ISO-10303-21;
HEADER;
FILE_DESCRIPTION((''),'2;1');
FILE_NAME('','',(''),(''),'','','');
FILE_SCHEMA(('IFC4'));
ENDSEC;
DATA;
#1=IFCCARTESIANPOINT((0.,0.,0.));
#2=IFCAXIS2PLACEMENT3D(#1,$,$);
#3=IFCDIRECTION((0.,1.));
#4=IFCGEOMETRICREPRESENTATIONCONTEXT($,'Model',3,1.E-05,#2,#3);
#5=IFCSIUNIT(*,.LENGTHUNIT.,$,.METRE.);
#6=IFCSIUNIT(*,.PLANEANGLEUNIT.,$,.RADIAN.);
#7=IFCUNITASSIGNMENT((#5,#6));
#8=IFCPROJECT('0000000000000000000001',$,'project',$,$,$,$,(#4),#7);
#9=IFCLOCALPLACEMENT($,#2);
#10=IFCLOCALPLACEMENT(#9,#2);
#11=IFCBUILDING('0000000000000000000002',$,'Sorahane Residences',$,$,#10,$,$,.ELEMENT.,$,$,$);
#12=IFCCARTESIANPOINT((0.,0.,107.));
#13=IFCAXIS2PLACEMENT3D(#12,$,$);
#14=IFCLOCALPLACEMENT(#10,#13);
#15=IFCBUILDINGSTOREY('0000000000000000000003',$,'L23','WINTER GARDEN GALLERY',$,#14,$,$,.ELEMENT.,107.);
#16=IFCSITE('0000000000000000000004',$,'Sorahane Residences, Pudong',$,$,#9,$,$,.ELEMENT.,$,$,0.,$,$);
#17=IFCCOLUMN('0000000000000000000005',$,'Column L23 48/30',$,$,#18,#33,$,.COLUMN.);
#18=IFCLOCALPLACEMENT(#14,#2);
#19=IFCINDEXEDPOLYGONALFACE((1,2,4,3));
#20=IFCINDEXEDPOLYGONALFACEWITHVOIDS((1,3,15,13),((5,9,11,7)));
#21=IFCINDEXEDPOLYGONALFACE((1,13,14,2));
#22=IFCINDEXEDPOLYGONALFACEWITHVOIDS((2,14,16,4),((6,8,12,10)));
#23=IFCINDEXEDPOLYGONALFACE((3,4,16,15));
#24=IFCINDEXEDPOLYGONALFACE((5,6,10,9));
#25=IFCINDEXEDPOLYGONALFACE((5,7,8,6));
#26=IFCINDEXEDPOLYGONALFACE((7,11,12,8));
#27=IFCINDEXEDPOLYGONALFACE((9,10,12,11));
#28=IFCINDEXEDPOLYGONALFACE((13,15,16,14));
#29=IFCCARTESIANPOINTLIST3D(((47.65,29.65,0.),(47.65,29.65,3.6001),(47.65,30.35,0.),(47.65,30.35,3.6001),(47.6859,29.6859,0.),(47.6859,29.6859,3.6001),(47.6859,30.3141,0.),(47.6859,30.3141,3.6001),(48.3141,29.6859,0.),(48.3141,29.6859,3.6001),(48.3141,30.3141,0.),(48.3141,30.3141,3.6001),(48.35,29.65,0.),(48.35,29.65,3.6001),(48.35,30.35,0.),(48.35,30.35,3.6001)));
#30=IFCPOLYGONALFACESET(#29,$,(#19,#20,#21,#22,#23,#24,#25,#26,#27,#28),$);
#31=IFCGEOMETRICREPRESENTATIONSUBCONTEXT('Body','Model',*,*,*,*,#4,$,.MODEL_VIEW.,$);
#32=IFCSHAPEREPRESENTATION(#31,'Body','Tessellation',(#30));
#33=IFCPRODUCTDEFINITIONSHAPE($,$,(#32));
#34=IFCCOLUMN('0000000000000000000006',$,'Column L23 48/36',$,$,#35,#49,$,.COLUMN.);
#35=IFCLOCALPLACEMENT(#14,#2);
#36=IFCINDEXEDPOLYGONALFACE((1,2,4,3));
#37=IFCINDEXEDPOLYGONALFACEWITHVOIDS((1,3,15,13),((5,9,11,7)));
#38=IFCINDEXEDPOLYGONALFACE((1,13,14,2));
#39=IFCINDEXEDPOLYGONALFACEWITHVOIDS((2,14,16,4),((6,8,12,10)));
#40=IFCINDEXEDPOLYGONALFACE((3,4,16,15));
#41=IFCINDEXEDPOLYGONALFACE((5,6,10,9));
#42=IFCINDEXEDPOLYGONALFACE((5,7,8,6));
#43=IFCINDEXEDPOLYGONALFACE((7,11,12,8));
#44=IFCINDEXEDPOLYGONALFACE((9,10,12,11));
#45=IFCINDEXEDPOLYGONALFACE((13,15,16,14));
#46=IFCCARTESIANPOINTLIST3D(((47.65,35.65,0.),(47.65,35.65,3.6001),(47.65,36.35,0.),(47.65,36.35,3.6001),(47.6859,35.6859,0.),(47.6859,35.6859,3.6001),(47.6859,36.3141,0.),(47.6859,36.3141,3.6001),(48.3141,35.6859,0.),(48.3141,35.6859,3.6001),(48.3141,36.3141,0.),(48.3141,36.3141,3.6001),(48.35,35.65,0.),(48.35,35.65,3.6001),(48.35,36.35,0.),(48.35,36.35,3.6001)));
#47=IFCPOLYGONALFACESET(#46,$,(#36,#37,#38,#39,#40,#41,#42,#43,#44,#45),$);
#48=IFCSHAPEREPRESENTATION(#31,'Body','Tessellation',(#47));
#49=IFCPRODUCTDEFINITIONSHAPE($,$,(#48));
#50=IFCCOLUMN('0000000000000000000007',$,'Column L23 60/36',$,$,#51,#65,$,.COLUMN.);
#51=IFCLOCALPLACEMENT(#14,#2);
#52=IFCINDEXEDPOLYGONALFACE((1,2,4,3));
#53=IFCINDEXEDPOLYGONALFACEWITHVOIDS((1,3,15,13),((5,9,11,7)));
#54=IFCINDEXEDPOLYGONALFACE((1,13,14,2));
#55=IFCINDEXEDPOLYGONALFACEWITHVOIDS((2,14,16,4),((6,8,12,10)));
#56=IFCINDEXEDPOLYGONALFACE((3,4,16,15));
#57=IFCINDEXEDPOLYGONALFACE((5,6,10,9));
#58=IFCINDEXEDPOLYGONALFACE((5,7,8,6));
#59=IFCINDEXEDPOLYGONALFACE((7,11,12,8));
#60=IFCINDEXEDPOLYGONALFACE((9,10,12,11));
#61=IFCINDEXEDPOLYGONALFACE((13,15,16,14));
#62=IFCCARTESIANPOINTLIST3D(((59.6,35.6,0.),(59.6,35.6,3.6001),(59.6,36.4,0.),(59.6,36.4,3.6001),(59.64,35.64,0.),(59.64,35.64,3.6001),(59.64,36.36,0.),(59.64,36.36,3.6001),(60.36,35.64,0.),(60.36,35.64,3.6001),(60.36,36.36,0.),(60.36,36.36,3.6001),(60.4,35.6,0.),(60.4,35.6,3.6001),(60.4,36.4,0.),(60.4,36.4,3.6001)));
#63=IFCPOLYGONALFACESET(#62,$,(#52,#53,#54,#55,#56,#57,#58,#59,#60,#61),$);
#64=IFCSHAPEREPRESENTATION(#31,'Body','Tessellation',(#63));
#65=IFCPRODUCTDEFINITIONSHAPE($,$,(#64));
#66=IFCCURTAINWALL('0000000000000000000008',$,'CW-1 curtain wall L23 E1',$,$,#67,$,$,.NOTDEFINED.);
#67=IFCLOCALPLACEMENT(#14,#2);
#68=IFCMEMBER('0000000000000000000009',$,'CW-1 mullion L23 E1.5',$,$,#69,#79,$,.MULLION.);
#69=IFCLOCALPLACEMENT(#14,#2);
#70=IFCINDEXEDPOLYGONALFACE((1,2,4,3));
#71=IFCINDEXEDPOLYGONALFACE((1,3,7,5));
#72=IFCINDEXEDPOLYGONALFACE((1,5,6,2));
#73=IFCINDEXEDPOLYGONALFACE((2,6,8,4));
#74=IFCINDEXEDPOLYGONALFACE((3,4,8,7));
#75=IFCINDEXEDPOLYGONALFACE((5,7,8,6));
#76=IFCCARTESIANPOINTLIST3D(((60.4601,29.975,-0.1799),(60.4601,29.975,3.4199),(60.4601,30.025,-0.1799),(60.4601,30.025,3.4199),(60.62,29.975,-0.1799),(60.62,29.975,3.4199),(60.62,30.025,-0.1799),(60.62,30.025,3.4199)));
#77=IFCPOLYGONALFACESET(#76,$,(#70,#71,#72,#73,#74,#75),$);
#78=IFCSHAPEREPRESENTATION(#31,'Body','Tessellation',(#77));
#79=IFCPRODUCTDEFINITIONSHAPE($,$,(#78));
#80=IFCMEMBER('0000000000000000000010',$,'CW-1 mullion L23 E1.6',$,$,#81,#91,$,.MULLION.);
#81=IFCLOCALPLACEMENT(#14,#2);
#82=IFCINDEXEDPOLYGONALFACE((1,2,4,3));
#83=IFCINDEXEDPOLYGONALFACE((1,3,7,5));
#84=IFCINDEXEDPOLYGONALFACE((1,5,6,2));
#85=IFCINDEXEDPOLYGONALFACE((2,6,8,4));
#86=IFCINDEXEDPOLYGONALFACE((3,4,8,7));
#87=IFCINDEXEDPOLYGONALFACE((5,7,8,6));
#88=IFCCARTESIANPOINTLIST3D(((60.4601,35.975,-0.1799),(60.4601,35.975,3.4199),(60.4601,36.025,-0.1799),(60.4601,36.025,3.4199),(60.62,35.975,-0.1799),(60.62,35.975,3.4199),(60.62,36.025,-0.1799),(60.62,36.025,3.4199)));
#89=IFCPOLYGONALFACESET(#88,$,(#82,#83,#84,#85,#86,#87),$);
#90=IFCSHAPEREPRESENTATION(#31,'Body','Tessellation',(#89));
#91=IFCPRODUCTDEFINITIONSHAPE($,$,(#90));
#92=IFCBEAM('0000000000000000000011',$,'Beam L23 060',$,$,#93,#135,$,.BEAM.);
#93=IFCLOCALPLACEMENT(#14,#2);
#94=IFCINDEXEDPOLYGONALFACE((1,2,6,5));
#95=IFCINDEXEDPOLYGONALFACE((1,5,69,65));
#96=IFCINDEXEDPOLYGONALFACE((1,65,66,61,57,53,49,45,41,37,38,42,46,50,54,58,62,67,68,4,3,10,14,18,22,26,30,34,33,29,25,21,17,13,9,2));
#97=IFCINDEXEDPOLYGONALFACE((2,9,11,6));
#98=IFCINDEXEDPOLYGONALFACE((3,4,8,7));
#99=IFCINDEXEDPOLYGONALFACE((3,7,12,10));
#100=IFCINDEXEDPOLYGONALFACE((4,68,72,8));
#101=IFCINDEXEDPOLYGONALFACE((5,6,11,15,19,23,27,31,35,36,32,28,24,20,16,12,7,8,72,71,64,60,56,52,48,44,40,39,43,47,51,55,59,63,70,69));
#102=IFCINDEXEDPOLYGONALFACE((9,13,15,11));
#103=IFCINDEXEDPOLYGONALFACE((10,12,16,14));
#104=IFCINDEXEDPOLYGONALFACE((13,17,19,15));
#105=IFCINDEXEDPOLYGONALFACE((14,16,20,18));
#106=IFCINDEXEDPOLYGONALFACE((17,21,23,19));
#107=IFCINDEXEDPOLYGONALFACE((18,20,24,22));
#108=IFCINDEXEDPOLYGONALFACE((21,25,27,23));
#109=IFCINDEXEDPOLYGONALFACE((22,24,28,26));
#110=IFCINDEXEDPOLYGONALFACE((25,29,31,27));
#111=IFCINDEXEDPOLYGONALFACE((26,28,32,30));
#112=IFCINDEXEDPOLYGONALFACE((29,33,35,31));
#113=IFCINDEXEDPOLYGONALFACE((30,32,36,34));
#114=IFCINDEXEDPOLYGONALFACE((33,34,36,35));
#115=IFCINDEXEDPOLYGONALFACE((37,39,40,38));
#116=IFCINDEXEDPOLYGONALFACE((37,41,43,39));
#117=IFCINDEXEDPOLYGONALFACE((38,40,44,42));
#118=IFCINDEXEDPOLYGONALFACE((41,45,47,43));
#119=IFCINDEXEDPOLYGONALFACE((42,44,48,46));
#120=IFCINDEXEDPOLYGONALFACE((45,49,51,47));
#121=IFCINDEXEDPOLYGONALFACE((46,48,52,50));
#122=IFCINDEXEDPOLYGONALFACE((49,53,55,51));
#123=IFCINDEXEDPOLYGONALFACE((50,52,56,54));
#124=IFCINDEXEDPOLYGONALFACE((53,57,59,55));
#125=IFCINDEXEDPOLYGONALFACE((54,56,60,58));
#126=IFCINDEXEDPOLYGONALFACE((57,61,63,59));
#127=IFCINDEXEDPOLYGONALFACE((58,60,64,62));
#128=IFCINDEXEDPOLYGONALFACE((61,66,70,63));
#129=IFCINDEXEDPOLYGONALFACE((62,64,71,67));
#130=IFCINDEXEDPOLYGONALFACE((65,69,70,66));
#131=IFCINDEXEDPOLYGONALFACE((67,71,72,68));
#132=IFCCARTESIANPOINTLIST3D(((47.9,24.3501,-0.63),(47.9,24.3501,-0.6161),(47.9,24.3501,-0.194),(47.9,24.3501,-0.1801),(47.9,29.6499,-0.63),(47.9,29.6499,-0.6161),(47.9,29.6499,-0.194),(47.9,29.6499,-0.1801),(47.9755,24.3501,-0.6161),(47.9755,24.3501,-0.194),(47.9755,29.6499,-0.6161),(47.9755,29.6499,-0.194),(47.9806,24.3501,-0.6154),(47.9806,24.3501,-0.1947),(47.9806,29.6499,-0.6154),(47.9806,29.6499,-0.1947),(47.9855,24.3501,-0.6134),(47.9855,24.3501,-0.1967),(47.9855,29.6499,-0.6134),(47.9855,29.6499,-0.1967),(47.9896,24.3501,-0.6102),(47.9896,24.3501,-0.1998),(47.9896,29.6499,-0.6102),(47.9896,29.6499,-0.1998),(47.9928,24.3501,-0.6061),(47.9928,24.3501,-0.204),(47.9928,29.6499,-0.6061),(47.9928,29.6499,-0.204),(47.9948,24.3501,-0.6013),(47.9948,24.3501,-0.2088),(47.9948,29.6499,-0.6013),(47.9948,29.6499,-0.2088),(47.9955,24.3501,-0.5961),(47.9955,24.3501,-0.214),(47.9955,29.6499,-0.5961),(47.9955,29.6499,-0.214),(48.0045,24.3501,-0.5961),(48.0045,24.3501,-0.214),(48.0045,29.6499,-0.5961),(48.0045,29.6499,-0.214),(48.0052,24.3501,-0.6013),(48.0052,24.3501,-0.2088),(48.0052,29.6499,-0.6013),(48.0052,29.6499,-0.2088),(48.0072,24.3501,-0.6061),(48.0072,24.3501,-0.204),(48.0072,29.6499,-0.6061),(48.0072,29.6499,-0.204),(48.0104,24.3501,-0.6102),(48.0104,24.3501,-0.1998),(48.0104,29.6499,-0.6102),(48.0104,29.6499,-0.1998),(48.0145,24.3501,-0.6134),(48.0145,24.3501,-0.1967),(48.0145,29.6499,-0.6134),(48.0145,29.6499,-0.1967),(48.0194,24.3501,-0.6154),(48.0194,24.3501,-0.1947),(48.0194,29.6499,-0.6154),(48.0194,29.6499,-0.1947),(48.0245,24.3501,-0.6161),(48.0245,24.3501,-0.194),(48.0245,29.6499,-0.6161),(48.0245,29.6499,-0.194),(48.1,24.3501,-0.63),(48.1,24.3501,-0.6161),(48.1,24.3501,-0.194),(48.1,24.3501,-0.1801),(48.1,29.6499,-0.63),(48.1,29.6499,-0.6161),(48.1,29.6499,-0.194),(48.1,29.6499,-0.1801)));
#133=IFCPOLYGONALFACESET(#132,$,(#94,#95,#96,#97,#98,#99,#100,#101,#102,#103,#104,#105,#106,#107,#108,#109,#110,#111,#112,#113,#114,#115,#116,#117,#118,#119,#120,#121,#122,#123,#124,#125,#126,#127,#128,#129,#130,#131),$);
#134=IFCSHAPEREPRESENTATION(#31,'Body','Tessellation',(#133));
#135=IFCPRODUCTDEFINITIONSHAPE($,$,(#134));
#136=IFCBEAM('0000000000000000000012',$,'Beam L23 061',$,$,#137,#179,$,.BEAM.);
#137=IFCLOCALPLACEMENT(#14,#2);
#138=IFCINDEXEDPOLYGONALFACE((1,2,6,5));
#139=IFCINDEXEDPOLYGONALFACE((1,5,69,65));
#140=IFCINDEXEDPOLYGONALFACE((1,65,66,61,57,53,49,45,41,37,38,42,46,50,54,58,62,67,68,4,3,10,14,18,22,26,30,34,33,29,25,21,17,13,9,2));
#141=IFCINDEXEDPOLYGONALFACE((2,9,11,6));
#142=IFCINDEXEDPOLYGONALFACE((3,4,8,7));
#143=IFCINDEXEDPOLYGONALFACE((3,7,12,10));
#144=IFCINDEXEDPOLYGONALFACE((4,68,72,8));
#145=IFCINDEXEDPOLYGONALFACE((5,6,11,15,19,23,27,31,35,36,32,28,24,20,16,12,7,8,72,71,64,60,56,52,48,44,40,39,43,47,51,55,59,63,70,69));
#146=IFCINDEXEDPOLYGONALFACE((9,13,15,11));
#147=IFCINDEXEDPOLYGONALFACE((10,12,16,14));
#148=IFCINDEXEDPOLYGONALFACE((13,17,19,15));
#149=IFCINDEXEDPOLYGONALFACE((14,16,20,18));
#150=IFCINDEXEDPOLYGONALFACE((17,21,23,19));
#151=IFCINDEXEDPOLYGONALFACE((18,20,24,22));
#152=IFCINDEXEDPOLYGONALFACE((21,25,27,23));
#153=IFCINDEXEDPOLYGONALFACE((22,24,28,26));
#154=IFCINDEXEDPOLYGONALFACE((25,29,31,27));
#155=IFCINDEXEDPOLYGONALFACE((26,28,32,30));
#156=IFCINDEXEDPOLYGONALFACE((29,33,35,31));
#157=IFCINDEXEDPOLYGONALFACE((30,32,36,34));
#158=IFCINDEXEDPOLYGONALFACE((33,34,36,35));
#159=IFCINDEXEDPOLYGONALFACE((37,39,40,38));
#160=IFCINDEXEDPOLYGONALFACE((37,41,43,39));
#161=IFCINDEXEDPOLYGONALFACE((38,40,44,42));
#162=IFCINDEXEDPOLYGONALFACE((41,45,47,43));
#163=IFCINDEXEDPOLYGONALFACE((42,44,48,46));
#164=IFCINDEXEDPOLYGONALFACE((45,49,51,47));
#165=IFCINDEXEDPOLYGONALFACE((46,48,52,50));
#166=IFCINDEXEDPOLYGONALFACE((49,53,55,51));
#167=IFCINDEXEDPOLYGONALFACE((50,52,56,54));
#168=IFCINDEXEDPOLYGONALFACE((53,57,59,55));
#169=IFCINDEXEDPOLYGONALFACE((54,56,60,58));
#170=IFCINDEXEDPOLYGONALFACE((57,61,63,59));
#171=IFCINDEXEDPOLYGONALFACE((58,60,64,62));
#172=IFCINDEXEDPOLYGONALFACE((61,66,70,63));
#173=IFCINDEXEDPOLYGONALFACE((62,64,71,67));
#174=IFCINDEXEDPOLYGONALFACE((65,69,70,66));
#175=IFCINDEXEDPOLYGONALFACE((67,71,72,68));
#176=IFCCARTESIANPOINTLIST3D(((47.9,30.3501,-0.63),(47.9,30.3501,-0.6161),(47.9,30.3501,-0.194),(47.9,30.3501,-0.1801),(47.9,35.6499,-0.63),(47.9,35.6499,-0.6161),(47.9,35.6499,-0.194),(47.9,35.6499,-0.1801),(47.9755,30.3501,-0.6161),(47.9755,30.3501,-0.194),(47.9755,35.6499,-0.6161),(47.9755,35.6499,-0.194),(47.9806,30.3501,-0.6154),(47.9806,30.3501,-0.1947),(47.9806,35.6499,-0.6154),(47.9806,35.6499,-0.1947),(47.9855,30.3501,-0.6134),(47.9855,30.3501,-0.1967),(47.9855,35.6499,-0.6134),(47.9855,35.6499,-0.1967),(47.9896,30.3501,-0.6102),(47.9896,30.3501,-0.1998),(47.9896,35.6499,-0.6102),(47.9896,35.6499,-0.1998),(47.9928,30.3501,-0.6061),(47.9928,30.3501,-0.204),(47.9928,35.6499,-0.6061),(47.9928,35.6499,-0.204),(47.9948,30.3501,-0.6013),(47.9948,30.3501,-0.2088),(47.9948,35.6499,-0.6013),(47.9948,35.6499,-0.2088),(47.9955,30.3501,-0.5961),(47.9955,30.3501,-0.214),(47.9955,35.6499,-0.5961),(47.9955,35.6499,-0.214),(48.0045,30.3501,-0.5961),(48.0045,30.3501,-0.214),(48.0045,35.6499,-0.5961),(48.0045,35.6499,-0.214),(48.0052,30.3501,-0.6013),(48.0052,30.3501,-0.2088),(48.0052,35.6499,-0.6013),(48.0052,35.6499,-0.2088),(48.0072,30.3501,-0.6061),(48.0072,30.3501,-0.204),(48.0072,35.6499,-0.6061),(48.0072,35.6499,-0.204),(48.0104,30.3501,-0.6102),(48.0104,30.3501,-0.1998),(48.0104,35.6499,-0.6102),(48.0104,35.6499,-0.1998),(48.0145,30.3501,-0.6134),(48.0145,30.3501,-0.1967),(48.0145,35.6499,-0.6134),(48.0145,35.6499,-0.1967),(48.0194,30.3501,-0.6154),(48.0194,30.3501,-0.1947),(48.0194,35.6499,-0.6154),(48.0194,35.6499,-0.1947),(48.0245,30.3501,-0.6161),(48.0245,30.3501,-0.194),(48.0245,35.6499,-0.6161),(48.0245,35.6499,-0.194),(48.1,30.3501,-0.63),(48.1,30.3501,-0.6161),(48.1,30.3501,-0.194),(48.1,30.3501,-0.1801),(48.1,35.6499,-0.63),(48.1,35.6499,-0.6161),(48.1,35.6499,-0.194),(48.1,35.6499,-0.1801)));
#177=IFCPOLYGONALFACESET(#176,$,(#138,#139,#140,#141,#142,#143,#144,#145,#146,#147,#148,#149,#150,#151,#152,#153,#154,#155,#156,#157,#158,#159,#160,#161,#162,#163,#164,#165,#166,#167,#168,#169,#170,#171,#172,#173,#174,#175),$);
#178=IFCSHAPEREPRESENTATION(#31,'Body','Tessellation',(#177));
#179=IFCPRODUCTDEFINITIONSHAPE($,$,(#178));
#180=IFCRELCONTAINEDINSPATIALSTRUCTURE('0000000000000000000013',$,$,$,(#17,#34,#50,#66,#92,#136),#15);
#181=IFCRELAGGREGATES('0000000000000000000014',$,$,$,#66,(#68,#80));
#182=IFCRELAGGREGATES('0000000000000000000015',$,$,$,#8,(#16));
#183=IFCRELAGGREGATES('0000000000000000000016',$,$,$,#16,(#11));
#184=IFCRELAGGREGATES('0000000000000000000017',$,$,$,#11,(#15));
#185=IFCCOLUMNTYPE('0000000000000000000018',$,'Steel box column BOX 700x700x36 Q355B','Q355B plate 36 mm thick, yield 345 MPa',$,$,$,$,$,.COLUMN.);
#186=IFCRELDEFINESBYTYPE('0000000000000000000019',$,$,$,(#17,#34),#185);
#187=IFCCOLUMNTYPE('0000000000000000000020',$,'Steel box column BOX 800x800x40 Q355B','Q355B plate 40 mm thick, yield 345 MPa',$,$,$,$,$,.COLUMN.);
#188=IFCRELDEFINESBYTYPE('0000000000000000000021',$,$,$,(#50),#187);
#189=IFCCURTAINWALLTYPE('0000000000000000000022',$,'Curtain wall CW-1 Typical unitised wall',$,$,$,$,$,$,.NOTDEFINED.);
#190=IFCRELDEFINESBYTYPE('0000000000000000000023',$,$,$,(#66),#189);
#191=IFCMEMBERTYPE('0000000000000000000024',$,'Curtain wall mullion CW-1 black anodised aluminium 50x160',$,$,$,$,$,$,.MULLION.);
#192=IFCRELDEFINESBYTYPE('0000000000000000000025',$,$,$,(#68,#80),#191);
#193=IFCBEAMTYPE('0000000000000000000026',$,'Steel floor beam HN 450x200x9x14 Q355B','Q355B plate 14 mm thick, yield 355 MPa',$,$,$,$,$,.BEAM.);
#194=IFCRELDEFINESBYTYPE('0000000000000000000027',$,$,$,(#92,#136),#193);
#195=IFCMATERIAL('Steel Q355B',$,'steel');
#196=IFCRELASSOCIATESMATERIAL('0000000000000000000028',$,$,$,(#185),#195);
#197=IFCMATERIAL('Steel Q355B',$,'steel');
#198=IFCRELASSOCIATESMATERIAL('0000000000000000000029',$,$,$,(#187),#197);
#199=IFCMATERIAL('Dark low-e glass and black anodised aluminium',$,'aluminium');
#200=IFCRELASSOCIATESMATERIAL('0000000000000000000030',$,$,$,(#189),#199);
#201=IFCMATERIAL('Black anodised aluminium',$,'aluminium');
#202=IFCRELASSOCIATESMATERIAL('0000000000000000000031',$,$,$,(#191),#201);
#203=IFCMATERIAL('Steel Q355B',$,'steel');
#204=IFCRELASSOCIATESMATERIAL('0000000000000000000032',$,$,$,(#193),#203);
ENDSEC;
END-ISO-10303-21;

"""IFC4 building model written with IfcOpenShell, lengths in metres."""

from ifc_helpers import new_model, si_unit, direction, frame, origin, origin_2d, place, context, subcontext, project, spatial, rectangle, hollow_rectangle, i_section, extrude, material, material_profile, profile_set, type_object, element, aggregate, save


model = new_model("IFC4")

# Units and contexts
model_context = context("Model", 3, precision=1e-05, world=origin(), true_north=direction((0.0, 1.0)))
body_context = subcontext(model_context, "Body", "Model", "MODEL_VIEW")
ifc_project = project(units=[si_unit("LENGTHUNIT", "METRE"), si_unit("PLANEANGLEUNIT", "RADIAN")], contexts=[model_context])

# Site, building, storey
site_placement = place(None, origin())
site = spatial("IfcSite", under=ifc_project, at=site_placement, Name="Sorahane Residences, Pudong", CompositionType="ELEMENT", RefElevation=0.0)
building_placement = place(site_placement, origin())
building = spatial("IfcBuilding", under=site, at=building_placement, Name="Sorahane Residences", CompositionType="ELEMENT")
storey_placement = place(building_placement, frame((0.0, 0.0, 107.0)))
storey = spatial("IfcBuildingStorey", under=building, at=storey_placement, Name="L23", Description="WINTER GARDEN GALLERY", CompositionType="ELEMENT", Elevation=107.0)

# Columns
ifc_material_1 = material(Name="Steel Q355B", Category="steel")
ifc_material_profile_1 = material_profile(ifc_material_1, hollow_rectangle(XDim=0.7, YDim=0.7, WallThickness=0.0359, at=origin_2d()), Name="BOX 700x700x36")
ifc_profile_set_1 = profile_set([ifc_material_profile_1], Name="Steel Q355B")
column_type_1 = type_object("IfcColumnType", Name="Steel box column BOX 700x700x36 Q355B", Description="Q355B plate 36 mm thick, yield 345 MPa", PredefinedType="COLUMN", material=ifc_profile_set_1)
for number, where, z_axis, x_axis, name in (
    (1, (48.0, 30.0, 0.0), (0.0, 0.0, 1.0), (1.0, 0.0, 0.0), "Column L23 48/30"),
    (2, (48.0, 36.0, 0.0), (0.0, 0.0, 1.0), (1.0, 0.0, 0.0), "Column L23 48/36"),
):
    element("IfcColumn", number, at=place(storey_placement, frame(where, z_axis=z_axis, x_axis=x_axis)), inside=storey, type_object=column_type_1, Name=name, PredefinedType="COLUMN", context=body_context, shape_type="SweptSolid", body=[
        extrude(hollow_rectangle(XDim=0.7, YDim=0.7, WallThickness=0.0359, at=origin_2d()), origin(), (0.0, 0.0, 1.0), 3.6001),
    ])
ifc_material_2 = material(Name="Steel Q355B", Category="steel")
ifc_material_profile_2 = material_profile(ifc_material_2, hollow_rectangle(XDim=0.8, YDim=0.8, WallThickness=0.04, at=origin_2d()), Name="BOX 800x800x40")
ifc_profile_set_2 = profile_set([ifc_material_profile_2], Name="Steel Q355B")
column_type_2 = type_object("IfcColumnType", Name="Steel box column BOX 800x800x40 Q355B", Description="Q355B plate 40 mm thick, yield 345 MPa", PredefinedType="COLUMN", material=ifc_profile_set_2)
column_placement = place(storey_placement, frame((60.0, 36.0, 0.0), z_axis=(0.0, 0.0, 1.0), x_axis=(1.0, 0.0, 0.0)))
element("IfcColumn", 3, at=column_placement, inside=storey, type_object=column_type_2, Name="Column L23 60/36", PredefinedType="COLUMN", context=body_context, shape_type="SweptSolid", body=[
    extrude(hollow_rectangle(XDim=0.8, YDim=0.8, WallThickness=0.04, at=origin_2d()), origin(), (0.0, 0.0, 1.0), 3.6001),
])

# Curtain wall, members
ifc_material_3 = material(Name="Dark low-e glass and black anodised aluminium", Category="aluminium")
curtain_wall_type = type_object("IfcCurtainWallType", Name="Curtain wall CW-1 Typical unitised wall", PredefinedType="NOTDEFINED", material=ifc_material_3)
curtain_wall_placement = place(storey_placement, origin())
curtain_wall = element("IfcCurtainWall", 4, at=curtain_wall_placement, inside=storey, type_object=curtain_wall_type, Name="CW-1 curtain wall L23 E1", PredefinedType="NOTDEFINED")
ifc_material_4 = material(Name="Black anodised aluminium", Category="aluminium")
ifc_material_profile_3 = material_profile(ifc_material_4, rectangle(XDim=0.1599, YDim=0.05, at=origin_2d()), Name="Curtain wall mullion CW-1 black anodised aluminium 50x160")
ifc_profile_set_3 = profile_set([ifc_material_profile_3], Name="Black anodised aluminium")
member_type = type_object("IfcMemberType", Name="Curtain wall mullion CW-1 black anodised aluminium 50x160", PredefinedType="MULLION", material=ifc_profile_set_3)
member_1_placement = place(storey_placement, frame((60.54, 30.0, -0.1799), z_axis=(0.0, 0.0, 1.0), x_axis=(1.0, 0.0, 0.0)))
member_1 = element("IfcMember", 5, at=member_1_placement, type_object=member_type, Name="CW-1 mullion L23 E1.5", PredefinedType="MULLION", context=body_context, shape_type="SweptSolid", body=[
    extrude(rectangle(XDim=0.1599, YDim=0.05, at=origin_2d()), origin(), (0.0, 0.0, 1.0), 3.5999),
])
member_2_placement = place(storey_placement, frame((60.54, 36.0, -0.1799), z_axis=(0.0, 0.0, 1.0), x_axis=(1.0, 0.0, 0.0)))
member_2 = element("IfcMember", 6, at=member_2_placement, type_object=member_type, Name="CW-1 mullion L23 E1.6", PredefinedType="MULLION", context=body_context, shape_type="SweptSolid", body=[
    extrude(rectangle(XDim=0.1599, YDim=0.05, at=origin_2d()), origin(), (0.0, 0.0, 1.0), 3.5999),
])

# Beams
ifc_material_5 = material(Name="Steel Q355B", Category="steel")
ifc_material_profile_4 = material_profile(ifc_material_5, i_section(OverallWidth=0.2, OverallDepth=0.45, WebThickness=0.009, FlangeThickness=0.0139, FilletRadius=0.02, at=origin_2d()), Name="HN 450x200x9x14")
ifc_profile_set_4 = profile_set([ifc_material_profile_4], Name="Steel Q355B")
beam_type_1 = type_object("IfcBeamType", Name="Steel floor beam HN 450x200x9x14 Q355B", Description="Q355B plate 14 mm thick, yield 355 MPa", PredefinedType="BEAM", material=ifc_profile_set_4)
for number, where, z_axis, x_axis, name in (
    (7, (48.0, 24.3501, -0.405), (0.0, 1.0, 0.0), (-1.0, 0.0, 0.0), "Beam L23 060"),
    (8, (48.0, 30.3501, -0.405), (0.0, 1.0, 0.0), (-1.0, 0.0, 0.0), "Beam L23 061"),
):
    element("IfcBeam", number, at=place(storey_placement, frame(where, z_axis=z_axis, x_axis=x_axis)), inside=storey, type_object=beam_type_1, Name=name, PredefinedType="BEAM", context=body_context, shape_type="SweptSolid", body=[
        extrude(i_section(OverallWidth=0.2, OverallDepth=0.45, WebThickness=0.009, FlangeThickness=0.0139, FilletRadius=0.02, at=origin_2d()), origin(), (0.0, 0.0, 1.0), 5.2998),
    ])

aggregate(curtain_wall, [member_1, member_2])

save(model, "model.ifc")
